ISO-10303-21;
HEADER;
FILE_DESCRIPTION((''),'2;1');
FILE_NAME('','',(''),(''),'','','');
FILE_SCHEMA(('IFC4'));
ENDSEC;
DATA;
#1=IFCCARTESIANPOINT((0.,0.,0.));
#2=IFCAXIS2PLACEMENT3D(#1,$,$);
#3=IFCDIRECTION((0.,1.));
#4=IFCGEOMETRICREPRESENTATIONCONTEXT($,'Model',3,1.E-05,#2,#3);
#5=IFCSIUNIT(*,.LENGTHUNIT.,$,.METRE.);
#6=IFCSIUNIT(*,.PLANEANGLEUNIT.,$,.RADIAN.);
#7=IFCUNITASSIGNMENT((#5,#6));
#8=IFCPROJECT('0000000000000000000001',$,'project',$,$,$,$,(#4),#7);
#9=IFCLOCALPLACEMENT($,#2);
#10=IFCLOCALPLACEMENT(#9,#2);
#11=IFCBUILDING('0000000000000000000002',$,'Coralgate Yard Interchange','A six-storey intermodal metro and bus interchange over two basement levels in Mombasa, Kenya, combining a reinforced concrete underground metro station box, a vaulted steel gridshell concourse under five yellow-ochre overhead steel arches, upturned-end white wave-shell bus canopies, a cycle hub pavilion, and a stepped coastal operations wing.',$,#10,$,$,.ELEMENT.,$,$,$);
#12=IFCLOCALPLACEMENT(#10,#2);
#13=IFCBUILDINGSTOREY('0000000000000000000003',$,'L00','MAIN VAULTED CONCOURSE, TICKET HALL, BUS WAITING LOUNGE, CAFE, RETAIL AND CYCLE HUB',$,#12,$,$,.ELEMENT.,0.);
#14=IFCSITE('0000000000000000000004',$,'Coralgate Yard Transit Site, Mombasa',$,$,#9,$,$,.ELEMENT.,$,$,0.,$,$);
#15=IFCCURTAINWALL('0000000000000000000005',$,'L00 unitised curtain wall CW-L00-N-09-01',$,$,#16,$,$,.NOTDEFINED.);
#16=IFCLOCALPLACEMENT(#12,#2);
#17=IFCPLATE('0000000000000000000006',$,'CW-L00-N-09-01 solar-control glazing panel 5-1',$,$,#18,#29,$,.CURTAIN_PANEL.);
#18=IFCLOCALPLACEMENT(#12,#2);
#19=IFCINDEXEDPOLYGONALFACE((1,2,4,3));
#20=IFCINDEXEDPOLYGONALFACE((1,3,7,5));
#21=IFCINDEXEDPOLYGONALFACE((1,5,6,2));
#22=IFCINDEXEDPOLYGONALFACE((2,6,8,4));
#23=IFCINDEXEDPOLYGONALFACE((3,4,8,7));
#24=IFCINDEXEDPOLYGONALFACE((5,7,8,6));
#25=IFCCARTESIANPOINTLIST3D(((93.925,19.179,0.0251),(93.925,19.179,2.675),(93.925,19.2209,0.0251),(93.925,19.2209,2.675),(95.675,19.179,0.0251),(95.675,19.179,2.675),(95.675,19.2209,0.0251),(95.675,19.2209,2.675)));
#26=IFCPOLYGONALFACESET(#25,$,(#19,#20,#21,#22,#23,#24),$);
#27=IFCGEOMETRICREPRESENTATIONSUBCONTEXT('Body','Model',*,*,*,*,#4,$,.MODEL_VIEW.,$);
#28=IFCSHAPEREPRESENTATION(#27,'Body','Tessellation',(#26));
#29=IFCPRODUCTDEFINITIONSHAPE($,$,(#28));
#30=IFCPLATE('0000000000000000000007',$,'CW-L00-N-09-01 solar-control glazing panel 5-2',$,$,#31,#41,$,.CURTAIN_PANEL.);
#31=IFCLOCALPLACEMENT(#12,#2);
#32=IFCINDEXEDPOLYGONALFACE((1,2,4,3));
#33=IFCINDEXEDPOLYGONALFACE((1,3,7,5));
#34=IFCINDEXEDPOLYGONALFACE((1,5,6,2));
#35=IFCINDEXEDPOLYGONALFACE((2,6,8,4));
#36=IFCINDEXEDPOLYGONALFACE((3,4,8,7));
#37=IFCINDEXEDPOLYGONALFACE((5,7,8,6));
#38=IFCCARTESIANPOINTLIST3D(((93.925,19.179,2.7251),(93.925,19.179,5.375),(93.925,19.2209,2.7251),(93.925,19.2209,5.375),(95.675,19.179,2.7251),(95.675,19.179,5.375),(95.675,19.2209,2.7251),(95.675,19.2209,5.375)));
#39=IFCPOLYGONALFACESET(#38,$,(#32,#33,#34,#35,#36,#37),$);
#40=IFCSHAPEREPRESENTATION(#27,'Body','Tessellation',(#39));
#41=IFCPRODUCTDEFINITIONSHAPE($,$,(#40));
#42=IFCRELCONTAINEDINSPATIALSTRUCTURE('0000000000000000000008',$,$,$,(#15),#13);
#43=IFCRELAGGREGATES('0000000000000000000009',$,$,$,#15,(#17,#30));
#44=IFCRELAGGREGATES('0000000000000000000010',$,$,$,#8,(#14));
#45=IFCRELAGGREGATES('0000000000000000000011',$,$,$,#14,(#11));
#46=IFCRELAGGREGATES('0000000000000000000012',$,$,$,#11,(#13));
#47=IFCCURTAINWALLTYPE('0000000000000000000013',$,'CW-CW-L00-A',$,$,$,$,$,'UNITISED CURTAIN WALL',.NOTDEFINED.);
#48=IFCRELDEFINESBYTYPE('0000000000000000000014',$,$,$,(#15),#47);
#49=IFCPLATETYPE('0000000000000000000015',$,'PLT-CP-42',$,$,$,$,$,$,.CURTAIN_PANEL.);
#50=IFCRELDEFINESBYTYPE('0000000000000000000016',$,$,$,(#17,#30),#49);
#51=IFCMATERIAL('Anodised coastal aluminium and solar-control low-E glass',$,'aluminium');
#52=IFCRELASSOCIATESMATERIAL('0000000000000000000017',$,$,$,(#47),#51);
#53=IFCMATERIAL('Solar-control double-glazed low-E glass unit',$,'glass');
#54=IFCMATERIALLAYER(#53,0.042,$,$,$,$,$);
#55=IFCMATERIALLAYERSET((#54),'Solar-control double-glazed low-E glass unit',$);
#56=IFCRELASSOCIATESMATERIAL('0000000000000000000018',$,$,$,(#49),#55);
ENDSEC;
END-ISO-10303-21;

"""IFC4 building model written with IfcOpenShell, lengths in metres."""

from ifc_helpers import new_model, si_unit, direction, frame, origin, origin_2d, place, context, subcontext, project, spatial, rectangle, extrude, material, layer, layer_set, type_object, element, aggregate, save


model = new_model("IFC4")

# Units and contexts
model_context = context("Model", 3, precision=1e-05, world=origin(), true_north=direction((0.0, 1.0)))
body_context = subcontext(model_context, "Body", "Model", "MODEL_VIEW")
ifc_project = project(units=[si_unit("LENGTHUNIT", "METRE"), si_unit("PLANEANGLEUNIT", "RADIAN")], contexts=[model_context])

# Site, building, storey
site_placement = place(None, origin())
site = spatial("IfcSite", under=ifc_project, at=site_placement, Name="Coralgate Yard Transit Site, Mombasa", CompositionType="ELEMENT", RefElevation=0.0)
building_placement = place(site_placement, origin())
building = spatial("IfcBuilding", under=site, at=building_placement, Name="Coralgate Yard Interchange", Description="A six-storey intermodal metro and bus interchange over two basement levels in Mombasa, Kenya, combining a reinforced concrete underground metro station box, a vaulted steel gridshell concourse under five yellow-ochre overhead steel arches, upturned-end white wave-shell bus canopies, a cycle hub pavilion, and a stepped coastal operations wing.", CompositionType="ELEMENT")
storey_placement = place(building_placement, origin())
storey = spatial("IfcBuildingStorey", under=building, at=storey_placement, Name="L00", Description="MAIN VAULTED CONCOURSE, TICKET HALL, BUS WAITING LOUNGE, CAFE, RETAIL AND CYCLE HUB", CompositionType="ELEMENT", Elevation=0.0)

# Curtain wall, plates
ifc_material_1 = material(Name="Anodised coastal aluminium and solar-control low-E glass", Category="aluminium")
curtain_wall_type = type_object("IfcCurtainWallType", Name="CW-CW-L00-A", ElementType="UNITISED CURTAIN WALL", PredefinedType="NOTDEFINED", material=ifc_material_1)
curtain_wall_placement = place(storey_placement, origin())
curtain_wall = element("IfcCurtainWall", 1, at=curtain_wall_placement, inside=storey, type_object=curtain_wall_type, Name="L00 unitised curtain wall CW-L00-N-09-01", PredefinedType="NOTDEFINED")
ifc_material_2 = material(Name="Solar-control double-glazed low-E glass unit", Category="glass")
ifc_layer = layer(ifc_material_2, 0.042)
ifc_layer_set = layer_set([ifc_layer], Name="Solar-control double-glazed low-E glass unit")
plate_type = type_object("IfcPlateType", Name="PLT-CP-42", PredefinedType="CURTAIN_PANEL", material=ifc_layer_set)
plate_1_placement = place(storey_placement, frame((94.8, 19.2, 0.0251), z_axis=(0.0, 0.0, 1.0), x_axis=(1.0, 0.0, 0.0)))
plate_1 = element("IfcPlate", 2, at=plate_1_placement, type_object=plate_type, Name="CW-L00-N-09-01 solar-control glazing panel 5-1", PredefinedType="CURTAIN_PANEL", context=body_context, shape_type="SweptSolid", body=[
    extrude(rectangle(XDim=1.75, YDim=0.042, at=origin_2d()), origin(), (0.0, 0.0, 1.0), 2.6499),
])
plate_2_placement = place(storey_placement, frame((94.8, 19.2, 2.7251), z_axis=(0.0, 0.0, 1.0), x_axis=(1.0, 0.0, 0.0)))
plate_2 = element("IfcPlate", 3, at=plate_2_placement, type_object=plate_type, Name="CW-L00-N-09-01 solar-control glazing panel 5-2", PredefinedType="CURTAIN_PANEL", context=body_context, shape_type="SweptSolid", body=[
    extrude(rectangle(XDim=1.75, YDim=0.042, at=origin_2d()), origin(), (0.0, 0.0, 1.0), 2.6499),
])
aggregate(curtain_wall, [plate_1, plate_2])

save(model, "model.ifc")
